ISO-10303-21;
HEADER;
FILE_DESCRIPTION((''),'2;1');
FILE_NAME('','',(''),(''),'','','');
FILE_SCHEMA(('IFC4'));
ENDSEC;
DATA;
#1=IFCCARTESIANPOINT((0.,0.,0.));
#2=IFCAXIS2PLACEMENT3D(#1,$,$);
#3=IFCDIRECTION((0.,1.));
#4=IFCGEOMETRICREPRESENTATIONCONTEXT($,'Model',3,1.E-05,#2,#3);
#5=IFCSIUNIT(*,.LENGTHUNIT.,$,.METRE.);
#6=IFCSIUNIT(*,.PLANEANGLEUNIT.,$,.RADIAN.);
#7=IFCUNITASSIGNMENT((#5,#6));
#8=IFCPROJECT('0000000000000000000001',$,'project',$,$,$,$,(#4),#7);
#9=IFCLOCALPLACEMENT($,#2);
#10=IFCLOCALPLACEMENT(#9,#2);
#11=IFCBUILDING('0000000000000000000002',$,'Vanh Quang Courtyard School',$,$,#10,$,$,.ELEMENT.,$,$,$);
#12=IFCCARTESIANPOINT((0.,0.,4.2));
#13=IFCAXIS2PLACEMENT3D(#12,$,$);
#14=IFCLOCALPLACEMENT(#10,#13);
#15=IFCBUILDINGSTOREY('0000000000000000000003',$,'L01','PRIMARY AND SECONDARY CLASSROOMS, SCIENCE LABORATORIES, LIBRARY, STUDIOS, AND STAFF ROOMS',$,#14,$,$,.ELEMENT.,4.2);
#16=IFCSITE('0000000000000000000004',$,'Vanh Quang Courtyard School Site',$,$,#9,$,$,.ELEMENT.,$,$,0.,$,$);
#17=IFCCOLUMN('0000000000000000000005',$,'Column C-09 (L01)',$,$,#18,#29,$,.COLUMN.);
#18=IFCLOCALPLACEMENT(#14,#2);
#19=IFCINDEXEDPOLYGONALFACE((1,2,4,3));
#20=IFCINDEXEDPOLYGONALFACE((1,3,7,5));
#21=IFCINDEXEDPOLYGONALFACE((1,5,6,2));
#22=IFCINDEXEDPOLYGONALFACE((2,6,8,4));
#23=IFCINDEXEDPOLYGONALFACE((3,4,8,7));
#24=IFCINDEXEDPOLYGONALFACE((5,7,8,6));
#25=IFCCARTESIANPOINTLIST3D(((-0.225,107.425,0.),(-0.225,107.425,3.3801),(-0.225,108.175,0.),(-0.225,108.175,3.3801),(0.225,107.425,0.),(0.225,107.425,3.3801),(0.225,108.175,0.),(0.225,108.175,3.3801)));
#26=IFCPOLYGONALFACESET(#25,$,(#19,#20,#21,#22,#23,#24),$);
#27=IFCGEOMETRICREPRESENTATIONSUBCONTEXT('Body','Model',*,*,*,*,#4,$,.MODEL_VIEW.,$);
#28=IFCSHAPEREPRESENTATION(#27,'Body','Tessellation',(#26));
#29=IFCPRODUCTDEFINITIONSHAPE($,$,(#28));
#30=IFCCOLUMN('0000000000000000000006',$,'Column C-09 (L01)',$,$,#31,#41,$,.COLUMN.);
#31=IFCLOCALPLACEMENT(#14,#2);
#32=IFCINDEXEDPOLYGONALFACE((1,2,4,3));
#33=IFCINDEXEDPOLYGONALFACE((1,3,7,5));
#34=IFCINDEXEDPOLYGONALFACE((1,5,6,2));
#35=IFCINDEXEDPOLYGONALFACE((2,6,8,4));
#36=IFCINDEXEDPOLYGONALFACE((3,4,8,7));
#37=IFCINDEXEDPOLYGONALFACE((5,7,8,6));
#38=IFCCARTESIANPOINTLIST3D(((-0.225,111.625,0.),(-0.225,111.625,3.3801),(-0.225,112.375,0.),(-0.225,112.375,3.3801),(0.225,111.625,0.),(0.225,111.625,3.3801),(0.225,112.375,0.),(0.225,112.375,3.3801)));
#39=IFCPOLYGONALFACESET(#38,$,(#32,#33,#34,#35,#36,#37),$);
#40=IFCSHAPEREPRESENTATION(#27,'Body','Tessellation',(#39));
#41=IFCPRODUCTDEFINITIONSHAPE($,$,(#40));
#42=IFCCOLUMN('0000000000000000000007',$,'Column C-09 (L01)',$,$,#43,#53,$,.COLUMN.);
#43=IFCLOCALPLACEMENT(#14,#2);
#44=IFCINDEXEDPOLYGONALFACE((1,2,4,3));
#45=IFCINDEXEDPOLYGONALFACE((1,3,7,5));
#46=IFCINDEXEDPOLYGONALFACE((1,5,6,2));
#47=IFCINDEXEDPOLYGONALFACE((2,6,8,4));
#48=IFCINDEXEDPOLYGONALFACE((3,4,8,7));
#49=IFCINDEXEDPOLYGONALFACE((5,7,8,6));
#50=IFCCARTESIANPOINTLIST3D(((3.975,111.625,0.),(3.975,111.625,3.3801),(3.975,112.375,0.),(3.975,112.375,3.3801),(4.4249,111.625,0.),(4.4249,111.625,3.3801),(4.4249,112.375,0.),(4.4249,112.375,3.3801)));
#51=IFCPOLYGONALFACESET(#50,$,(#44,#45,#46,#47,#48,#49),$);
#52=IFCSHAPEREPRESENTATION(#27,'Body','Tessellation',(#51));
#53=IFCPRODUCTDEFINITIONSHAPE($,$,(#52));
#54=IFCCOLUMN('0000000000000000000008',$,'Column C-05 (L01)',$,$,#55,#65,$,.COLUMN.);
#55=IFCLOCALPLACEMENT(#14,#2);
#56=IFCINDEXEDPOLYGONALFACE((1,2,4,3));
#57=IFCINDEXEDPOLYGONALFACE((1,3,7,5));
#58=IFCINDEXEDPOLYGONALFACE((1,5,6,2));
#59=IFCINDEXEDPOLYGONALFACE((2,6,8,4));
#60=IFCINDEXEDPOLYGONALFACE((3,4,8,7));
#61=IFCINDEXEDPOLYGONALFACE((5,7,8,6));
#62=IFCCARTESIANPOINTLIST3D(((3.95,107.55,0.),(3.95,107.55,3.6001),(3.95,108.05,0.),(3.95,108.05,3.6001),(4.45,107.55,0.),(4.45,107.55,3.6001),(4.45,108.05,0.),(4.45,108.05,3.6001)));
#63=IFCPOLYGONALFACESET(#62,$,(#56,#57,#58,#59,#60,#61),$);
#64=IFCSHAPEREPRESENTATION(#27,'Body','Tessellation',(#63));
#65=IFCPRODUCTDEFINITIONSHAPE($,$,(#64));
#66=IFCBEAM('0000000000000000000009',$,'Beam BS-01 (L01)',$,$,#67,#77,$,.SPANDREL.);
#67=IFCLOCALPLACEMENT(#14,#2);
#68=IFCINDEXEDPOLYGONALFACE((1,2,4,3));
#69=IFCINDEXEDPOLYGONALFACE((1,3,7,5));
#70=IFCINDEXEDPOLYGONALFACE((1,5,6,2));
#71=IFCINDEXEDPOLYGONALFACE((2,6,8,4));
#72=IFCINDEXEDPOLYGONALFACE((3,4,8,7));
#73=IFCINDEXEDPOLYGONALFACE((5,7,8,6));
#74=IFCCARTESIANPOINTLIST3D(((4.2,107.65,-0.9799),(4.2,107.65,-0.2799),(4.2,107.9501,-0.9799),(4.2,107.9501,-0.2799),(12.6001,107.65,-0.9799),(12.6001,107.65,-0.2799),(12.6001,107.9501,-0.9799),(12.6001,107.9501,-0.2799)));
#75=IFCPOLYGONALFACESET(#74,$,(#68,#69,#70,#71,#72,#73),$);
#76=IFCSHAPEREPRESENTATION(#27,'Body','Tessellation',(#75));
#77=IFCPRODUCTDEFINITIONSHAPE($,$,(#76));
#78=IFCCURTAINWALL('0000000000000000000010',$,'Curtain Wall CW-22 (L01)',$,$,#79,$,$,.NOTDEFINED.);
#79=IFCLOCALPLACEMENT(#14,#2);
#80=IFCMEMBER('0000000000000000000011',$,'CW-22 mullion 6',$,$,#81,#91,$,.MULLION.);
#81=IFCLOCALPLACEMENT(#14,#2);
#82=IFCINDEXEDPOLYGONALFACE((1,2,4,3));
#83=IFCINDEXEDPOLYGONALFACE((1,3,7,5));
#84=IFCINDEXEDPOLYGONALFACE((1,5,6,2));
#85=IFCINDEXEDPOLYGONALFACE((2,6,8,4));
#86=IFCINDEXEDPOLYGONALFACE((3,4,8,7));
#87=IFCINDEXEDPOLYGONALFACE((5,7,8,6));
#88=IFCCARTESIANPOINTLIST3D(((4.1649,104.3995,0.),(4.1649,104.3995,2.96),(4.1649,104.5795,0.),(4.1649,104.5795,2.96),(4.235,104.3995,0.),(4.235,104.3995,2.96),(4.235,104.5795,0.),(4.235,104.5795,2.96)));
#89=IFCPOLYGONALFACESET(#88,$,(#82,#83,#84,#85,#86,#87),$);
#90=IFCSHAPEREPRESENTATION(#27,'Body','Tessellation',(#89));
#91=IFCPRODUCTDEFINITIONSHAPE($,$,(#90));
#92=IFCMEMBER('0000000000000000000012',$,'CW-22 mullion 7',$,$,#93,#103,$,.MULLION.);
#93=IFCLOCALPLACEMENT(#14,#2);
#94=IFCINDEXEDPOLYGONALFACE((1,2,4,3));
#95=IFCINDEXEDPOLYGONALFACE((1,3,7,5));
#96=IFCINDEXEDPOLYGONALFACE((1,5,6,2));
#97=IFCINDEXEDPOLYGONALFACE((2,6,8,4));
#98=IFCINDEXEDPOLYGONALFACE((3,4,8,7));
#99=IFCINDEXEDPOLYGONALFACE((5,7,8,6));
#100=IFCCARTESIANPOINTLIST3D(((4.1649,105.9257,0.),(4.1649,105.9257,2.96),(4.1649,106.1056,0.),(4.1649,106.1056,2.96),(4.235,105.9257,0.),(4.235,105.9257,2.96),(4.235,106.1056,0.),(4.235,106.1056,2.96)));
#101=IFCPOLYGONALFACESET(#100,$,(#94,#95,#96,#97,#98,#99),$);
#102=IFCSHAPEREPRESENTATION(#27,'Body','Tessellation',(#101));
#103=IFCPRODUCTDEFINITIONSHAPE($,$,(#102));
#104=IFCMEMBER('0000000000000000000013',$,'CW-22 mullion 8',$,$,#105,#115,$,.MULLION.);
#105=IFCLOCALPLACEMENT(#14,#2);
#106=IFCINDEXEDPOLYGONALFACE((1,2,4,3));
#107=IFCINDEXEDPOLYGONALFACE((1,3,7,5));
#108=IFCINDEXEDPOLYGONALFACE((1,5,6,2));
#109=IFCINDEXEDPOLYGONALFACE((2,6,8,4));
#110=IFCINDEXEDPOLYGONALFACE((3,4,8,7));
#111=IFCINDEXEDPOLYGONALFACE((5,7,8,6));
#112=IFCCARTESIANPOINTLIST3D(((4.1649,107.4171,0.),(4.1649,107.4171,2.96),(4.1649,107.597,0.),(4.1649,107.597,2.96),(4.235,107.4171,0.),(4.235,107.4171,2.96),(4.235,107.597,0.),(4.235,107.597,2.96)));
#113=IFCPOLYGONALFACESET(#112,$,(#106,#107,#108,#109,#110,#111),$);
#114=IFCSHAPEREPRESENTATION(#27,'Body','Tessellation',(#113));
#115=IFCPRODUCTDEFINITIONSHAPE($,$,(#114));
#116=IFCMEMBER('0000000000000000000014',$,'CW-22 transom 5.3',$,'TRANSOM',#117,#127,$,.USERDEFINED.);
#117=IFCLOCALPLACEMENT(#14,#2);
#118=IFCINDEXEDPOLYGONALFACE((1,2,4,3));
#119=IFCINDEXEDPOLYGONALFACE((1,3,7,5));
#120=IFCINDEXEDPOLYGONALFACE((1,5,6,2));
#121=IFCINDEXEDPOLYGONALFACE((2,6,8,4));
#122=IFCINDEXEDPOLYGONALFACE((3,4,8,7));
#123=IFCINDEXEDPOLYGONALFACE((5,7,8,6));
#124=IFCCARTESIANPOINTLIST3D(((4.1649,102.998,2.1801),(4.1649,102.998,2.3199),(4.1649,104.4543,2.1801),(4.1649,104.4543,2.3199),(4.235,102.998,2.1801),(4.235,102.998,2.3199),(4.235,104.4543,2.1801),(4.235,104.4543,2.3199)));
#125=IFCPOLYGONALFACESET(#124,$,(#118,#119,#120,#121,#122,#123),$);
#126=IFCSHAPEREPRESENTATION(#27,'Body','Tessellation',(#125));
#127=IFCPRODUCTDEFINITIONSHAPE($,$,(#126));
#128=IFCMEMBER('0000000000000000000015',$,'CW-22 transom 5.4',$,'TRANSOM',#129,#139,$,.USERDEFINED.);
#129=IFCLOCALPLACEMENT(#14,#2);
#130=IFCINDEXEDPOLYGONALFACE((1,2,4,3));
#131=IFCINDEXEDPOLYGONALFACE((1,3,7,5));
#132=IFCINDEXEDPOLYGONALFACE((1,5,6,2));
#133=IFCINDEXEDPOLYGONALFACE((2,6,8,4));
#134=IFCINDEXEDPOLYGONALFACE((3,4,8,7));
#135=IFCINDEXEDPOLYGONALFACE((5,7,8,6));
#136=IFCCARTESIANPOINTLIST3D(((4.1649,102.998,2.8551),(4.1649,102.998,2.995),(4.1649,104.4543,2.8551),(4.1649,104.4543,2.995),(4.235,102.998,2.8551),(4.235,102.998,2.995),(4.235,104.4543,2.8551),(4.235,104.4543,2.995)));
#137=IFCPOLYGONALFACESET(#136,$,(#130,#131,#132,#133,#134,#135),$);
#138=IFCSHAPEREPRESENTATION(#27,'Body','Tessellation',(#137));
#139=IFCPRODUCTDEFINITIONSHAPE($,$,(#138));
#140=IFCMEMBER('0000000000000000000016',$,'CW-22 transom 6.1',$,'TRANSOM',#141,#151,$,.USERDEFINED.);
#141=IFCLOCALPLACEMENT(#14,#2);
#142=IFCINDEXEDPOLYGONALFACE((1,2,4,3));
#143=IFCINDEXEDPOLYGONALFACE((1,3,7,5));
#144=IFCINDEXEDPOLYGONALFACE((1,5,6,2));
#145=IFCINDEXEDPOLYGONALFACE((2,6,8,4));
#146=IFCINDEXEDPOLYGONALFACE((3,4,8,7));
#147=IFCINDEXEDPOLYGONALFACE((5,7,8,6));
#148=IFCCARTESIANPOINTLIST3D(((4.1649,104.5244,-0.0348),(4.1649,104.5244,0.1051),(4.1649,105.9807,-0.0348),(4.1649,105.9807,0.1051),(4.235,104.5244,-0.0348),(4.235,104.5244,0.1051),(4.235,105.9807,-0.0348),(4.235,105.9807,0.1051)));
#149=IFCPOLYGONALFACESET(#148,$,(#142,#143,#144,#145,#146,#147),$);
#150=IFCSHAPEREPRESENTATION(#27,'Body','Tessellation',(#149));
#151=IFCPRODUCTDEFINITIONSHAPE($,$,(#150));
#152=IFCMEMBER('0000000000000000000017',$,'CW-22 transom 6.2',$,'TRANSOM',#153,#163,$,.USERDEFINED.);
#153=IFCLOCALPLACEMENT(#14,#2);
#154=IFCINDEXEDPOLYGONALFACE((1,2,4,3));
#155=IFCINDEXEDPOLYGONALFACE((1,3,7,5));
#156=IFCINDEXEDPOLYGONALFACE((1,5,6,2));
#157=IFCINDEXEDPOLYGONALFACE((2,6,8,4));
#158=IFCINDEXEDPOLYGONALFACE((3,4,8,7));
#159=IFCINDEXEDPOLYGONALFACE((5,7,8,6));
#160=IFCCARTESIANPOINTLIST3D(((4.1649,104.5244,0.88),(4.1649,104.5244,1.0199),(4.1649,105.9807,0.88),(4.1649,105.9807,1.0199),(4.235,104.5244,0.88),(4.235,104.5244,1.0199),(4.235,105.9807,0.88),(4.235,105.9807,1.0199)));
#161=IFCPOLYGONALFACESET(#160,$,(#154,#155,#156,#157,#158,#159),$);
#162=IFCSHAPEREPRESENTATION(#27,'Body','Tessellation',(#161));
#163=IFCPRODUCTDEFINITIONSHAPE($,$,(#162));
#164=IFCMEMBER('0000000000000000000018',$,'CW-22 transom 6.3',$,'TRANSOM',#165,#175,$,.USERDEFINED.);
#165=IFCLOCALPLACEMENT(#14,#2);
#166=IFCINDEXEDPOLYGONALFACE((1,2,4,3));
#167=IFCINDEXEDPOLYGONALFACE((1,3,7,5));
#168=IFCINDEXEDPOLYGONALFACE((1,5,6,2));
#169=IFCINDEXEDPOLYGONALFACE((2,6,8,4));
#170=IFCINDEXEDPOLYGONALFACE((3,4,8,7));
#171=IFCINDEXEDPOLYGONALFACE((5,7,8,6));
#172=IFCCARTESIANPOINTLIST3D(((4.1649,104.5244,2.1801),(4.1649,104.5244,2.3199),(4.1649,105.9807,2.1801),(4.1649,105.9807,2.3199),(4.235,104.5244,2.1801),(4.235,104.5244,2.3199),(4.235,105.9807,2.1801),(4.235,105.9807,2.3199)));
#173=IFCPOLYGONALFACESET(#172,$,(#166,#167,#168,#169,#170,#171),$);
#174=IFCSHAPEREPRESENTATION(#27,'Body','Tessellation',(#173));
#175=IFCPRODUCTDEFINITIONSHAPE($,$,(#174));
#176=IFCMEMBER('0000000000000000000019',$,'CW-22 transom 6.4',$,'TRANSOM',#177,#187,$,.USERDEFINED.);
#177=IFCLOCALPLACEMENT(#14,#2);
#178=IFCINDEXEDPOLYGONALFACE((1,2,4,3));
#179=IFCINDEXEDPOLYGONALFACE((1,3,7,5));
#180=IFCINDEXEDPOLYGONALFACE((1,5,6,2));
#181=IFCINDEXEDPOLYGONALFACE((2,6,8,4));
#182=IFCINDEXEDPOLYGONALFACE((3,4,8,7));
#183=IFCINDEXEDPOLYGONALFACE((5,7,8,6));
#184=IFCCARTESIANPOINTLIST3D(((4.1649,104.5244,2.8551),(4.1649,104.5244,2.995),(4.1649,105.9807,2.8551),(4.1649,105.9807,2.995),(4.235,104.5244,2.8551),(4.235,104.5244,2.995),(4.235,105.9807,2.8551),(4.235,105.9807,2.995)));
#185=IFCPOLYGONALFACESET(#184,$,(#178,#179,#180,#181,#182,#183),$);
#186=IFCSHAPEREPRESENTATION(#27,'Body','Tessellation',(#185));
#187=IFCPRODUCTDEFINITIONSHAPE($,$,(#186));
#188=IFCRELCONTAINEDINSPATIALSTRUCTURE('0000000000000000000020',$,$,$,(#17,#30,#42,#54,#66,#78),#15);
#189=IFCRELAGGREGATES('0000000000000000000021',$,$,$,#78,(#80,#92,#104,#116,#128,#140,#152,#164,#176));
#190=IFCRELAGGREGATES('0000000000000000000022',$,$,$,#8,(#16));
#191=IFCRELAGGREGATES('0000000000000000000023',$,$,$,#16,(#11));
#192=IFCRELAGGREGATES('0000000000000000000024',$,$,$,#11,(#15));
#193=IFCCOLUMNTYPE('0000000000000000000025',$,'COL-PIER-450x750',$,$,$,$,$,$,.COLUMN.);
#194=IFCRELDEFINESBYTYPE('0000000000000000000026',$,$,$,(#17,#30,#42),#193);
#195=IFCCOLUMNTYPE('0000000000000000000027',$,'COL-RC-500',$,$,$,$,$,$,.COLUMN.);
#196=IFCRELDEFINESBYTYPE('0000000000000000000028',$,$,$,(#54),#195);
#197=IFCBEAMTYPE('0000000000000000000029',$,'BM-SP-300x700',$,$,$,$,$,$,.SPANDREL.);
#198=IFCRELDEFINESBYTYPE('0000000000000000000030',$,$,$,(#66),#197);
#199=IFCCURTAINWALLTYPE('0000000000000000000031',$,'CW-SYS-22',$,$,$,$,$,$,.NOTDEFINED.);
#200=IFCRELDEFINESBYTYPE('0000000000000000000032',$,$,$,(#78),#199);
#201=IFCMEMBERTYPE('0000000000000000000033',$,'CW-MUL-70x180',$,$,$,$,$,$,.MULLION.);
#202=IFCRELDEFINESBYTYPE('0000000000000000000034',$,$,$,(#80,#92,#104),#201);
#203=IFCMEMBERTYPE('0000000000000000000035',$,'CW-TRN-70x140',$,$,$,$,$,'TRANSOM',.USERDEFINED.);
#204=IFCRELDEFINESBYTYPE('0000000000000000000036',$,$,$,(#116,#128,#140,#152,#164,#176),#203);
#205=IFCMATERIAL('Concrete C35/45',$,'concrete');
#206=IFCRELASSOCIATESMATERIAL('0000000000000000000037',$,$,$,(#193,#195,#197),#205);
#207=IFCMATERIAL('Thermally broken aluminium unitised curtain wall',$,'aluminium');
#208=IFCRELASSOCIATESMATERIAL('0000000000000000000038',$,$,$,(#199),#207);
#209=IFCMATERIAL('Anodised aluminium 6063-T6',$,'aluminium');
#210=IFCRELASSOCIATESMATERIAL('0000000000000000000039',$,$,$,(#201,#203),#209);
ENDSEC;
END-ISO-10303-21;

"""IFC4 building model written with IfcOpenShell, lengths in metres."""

from ifc_helpers import new_model, si_unit, direction, frame, origin, origin_2d, place, context, subcontext, project, spatial, rectangle, extrude, material, material_profile, profile_set, type_object, element, aggregate, save


model = new_model("IFC4")

# Units and contexts
model_context = context("Model", 3, precision=1e-05, world=origin(), true_north=direction((0.0, 1.0)))
body_context = subcontext(model_context, "Body", "Model", "MODEL_VIEW")
ifc_project = project(units=[si_unit("LENGTHUNIT", "METRE"), si_unit("PLANEANGLEUNIT", "RADIAN")], contexts=[model_context])

# Site, building, storey
site_placement = place(None, origin())
site = spatial("IfcSite", under=ifc_project, at=site_placement, Name="Vanh Quang Courtyard School Site", CompositionType="ELEMENT", RefElevation=0.0)
building_placement = place(site_placement, origin())
building = spatial("IfcBuilding", under=site, at=building_placement, Name="Vanh Quang Courtyard School", CompositionType="ELEMENT")
storey_placement = place(building_placement, frame((0.0, 0.0, 4.2)))
storey = spatial("IfcBuildingStorey", under=building, at=storey_placement, Name="L01", Description="PRIMARY AND SECONDARY CLASSROOMS, SCIENCE LABORATORIES, LIBRARY, STUDIOS, AND STAFF ROOMS", CompositionType="ELEMENT", Elevation=4.2)

# Columns
ifc_material_1 = material(Name="Concrete C35/45", Category="concrete")
ifc_material_profile_1 = material_profile(ifc_material_1, rectangle(XDim=0.45, YDim=0.75, at=origin_2d()), Name="RC-PIER 450x750")
ifc_profile_set_1 = profile_set([ifc_material_profile_1], Name="Concrete C35/45")
column_type_1 = type_object("IfcColumnType", Name="COL-PIER-450x750", PredefinedType="COLUMN", material=ifc_profile_set_1)
for number, where, z_axis, x_axis, name in (
    (1, (0.0, 107.8, 0.0), (0.0, 0.0, 1.0), (1.0, 0.0, 0.0), "Column C-09 (L01)"),
    (2, (0.0, 112.0, 0.0), (0.0, 0.0, 1.0), (1.0, 0.0, 0.0), "Column C-09 (L01)"),
    (3, (4.2, 112.0, 0.0), (0.0, 0.0, 1.0), (1.0, 0.0, 0.0), "Column C-09 (L01)"),
):
    element("IfcColumn", number, at=place(storey_placement, frame(where, z_axis=z_axis, x_axis=x_axis)), inside=storey, type_object=column_type_1, Name=name, PredefinedType="COLUMN", context=body_context, shape_type="SweptSolid", body=[
        extrude(rectangle(XDim=0.45, YDim=0.75, at=origin_2d()), origin(), (0.0, 0.0, 1.0), 3.3801),
    ])
ifc_material_profile_2 = material_profile(ifc_material_1, rectangle(XDim=0.5, YDim=0.5, at=origin_2d()), Name="RC-COL 500x500")
ifc_profile_set_2 = profile_set([ifc_material_profile_2], Name="Concrete C35/45")
column_type_2 = type_object("IfcColumnType", Name="COL-RC-500", PredefinedType="COLUMN", material=ifc_profile_set_2)
column_placement = place(storey_placement, frame((4.2, 107.8, 0.0), z_axis=(0.0, 0.0, 1.0), x_axis=(1.0, 0.0, 0.0)))
element("IfcColumn", 4, at=column_placement, inside=storey, type_object=column_type_2, Name="Column C-05 (L01)", PredefinedType="COLUMN", context=body_context, shape_type="SweptSolid", body=[
    extrude(rectangle(XDim=0.5, YDim=0.5, at=origin_2d()), origin(), (0.0, 0.0, 1.0), 3.6001),
])

# Beam
ifc_material_profile_3 = material_profile(ifc_material_1, rectangle(XDim=0.3, YDim=0.7, at=origin_2d()), Name="RC-SP 300x700")
ifc_profile_set_3 = profile_set([ifc_material_profile_3], Name="Concrete C35/45")
beam_type = type_object("IfcBeamType", Name="BM-SP-300x700", PredefinedType="SPANDREL", material=ifc_profile_set_3)
beam_placement = place(storey_placement, frame((4.2, 107.8, -0.6299), z_axis=(1.0, 0.0, 0.0), x_axis=(0.0, 1.0, 0.0)))
element("IfcBeam", 5, at=beam_placement, inside=storey, type_object=beam_type, Name="Beam BS-01 (L01)", PredefinedType="SPANDREL", context=body_context, shape_type="SweptSolid", body=[
    extrude(rectangle(XDim=0.3, YDim=0.7, at=origin_2d()), origin(), (0.0, 0.0, 1.0), 8.4001),
])

# Curtain wall, members
ifc_material_2 = material(Name="Thermally broken aluminium unitised curtain wall", Category="aluminium")
curtain_wall_type = type_object("IfcCurtainWallType", Name="CW-SYS-22", PredefinedType="NOTDEFINED", material=ifc_material_2)
curtain_wall_placement = place(storey_placement, origin())
curtain_wall = element("IfcCurtainWall", 6, at=curtain_wall_placement, inside=storey, type_object=curtain_wall_type, Name="Curtain Wall CW-22 (L01)", PredefinedType="NOTDEFINED")
ifc_material_3 = material(Name="Anodised aluminium 6063-T6", Category="aluminium")
ifc_material_profile_4 = material_profile(ifc_material_3, rectangle(XDim=0.0701, YDim=0.1799, at=origin_2d()), Name="ALU-MUL 70x180")
ifc_profile_set_4 = profile_set([ifc_material_profile_4], Name="Anodised aluminium 6063-T6")
member_type_1 = type_object("IfcMemberType", Name="CW-MUL-70x180", PredefinedType="MULLION", material=ifc_profile_set_4)
member_1_placement = place(storey_placement, frame((4.2, 104.4895, 0.0), z_axis=(0.0, 0.0, 1.0), x_axis=(-1.0, 0.0, 0.0)))
member_1 = element("IfcMember", 7, at=member_1_placement, type_object=member_type_1, Name="CW-22 mullion 6", PredefinedType="MULLION", context=body_context, shape_type="SweptSolid", body=[
    extrude(rectangle(XDim=0.0701, YDim=0.1799, at=origin_2d()), origin(), (0.0, 0.0, 1.0), 2.96),
])
member_2_placement = place(storey_placement, frame((4.2, 106.0156, 0.0), z_axis=(0.0, 0.0, 1.0), x_axis=(-1.0, 0.0, 0.0)))
member_2 = element("IfcMember", 8, at=member_2_placement, type_object=member_type_1, Name="CW-22 mullion 7", PredefinedType="MULLION", context=body_context, shape_type="SweptSolid", body=[
    extrude(rectangle(XDim=0.0701, YDim=0.1799, at=origin_2d()), origin(), (0.0, 0.0, 1.0), 2.96),
])
member_3_placement = place(storey_placement, frame((4.2, 107.5071, 0.0), z_axis=(0.0, 0.0, 1.0), x_axis=(-1.0, 0.0, 0.0)))
member_3 = element("IfcMember", 9, at=member_3_placement, type_object=member_type_1, Name="CW-22 mullion 8", PredefinedType="MULLION", context=body_context, shape_type="SweptSolid", body=[
    extrude(rectangle(XDim=0.0701, YDim=0.1799, at=origin_2d()), origin(), (0.0, 0.0, 1.0), 2.96),
])
ifc_material_profile_5 = material_profile(ifc_material_3, rectangle(XDim=0.0701, YDim=0.1399, at=origin_2d()), Name="ALU-TRN 70x140")
ifc_profile_set_5 = profile_set([ifc_material_profile_5], Name="Anodised aluminium 6063-T6")
member_type_2 = type_object("IfcMemberType", Name="CW-TRN-70x140", ElementType="TRANSOM", PredefinedType="USERDEFINED", material=ifc_profile_set_5)
member_4_placement = place(storey_placement, frame((4.2, 102.998, 2.25), z_axis=(0.0, 1.0, 0.0), x_axis=(-1.0, 0.0, 0.0)))
member_4 = element("IfcMember", 10, at=member_4_placement, type_object=member_type_2, Name="CW-22 transom 5.3", ObjectType="TRANSOM", PredefinedType="USERDEFINED", context=body_context, shape_type="SweptSolid", body=[
    extrude(rectangle(XDim=0.0701, YDim=0.1399, at=origin_2d()), origin(), (0.0, 0.0, 1.0), 1.4563),
])
member_5_placement = place(storey_placement, frame((4.2, 102.998, 2.925), z_axis=(0.0, 1.0, 0.0), x_axis=(-1.0, 0.0, 0.0)))
member_5 = element("IfcMember", 11, at=member_5_placement, type_object=member_type_2, Name="CW-22 transom 5.4", ObjectType="TRANSOM", PredefinedType="USERDEFINED", context=body_context, shape_type="SweptSolid", body=[
    extrude(rectangle(XDim=0.0701, YDim=0.1399, at=origin_2d()), origin(), (0.0, 0.0, 1.0), 1.4563),
])
member_6_placement = place(storey_placement, frame((4.2, 104.5244, 0.0352), z_axis=(0.0, 1.0, 0.0), x_axis=(-1.0, 0.0, 0.0)))
member_6 = element("IfcMember", 12, at=member_6_placement, type_object=member_type_2, Name="CW-22 transom 6.1", ObjectType="TRANSOM", PredefinedType="USERDEFINED", context=body_context, shape_type="SweptSolid", body=[
    extrude(rectangle(XDim=0.0701, YDim=0.1399, at=origin_2d()), origin(), (0.0, 0.0, 1.0), 1.4563),
])
member_7_placement = place(storey_placement, frame((4.2, 104.5244, 0.95), z_axis=(0.0, 1.0, 0.0), x_axis=(-1.0, 0.0, 0.0)))
member_7 = element("IfcMember", 13, at=member_7_placement, type_object=member_type_2, Name="CW-22 transom 6.2", ObjectType="TRANSOM", PredefinedType="USERDEFINED", context=body_context, shape_type="SweptSolid", body=[
    extrude(rectangle(XDim=0.0701, YDim=0.1399, at=origin_2d()), origin(), (0.0, 0.0, 1.0), 1.4563),
])
member_8_placement = place(storey_placement, frame((4.2, 104.5244, 2.25), z_axis=(0.0, 1.0, 0.0), x_axis=(-1.0, 0.0, 0.0)))
member_8 = element("IfcMember", 14, at=member_8_placement, type_object=member_type_2, Name="CW-22 transom 6.3", ObjectType="TRANSOM", PredefinedType="USERDEFINED", context=body_context, shape_type="SweptSolid", body=[
    extrude(rectangle(XDim=0.0701, YDim=0.1399, at=origin_2d()), origin(), (0.0, 0.0, 1.0), 1.4563),
])
member_9_placement = place(storey_placement, frame((4.2, 104.5244, 2.925), z_axis=(0.0, 1.0, 0.0), x_axis=(-1.0, 0.0, 0.0)))
member_9 = element("IfcMember", 15, at=member_9_placement, type_object=member_type_2, Name="CW-22 transom 6.4", ObjectType="TRANSOM", PredefinedType="USERDEFINED", context=body_context, shape_type="SweptSolid", body=[
    extrude(rectangle(XDim=0.0701, YDim=0.1399, at=origin_2d()), origin(), (0.0, 0.0, 1.0), 1.4563),
])
aggregate(curtain_wall, [member_1, member_2, member_3, member_4, member_5, member_6, member_7, member_8, member_9])

save(model, "model.ifc")
